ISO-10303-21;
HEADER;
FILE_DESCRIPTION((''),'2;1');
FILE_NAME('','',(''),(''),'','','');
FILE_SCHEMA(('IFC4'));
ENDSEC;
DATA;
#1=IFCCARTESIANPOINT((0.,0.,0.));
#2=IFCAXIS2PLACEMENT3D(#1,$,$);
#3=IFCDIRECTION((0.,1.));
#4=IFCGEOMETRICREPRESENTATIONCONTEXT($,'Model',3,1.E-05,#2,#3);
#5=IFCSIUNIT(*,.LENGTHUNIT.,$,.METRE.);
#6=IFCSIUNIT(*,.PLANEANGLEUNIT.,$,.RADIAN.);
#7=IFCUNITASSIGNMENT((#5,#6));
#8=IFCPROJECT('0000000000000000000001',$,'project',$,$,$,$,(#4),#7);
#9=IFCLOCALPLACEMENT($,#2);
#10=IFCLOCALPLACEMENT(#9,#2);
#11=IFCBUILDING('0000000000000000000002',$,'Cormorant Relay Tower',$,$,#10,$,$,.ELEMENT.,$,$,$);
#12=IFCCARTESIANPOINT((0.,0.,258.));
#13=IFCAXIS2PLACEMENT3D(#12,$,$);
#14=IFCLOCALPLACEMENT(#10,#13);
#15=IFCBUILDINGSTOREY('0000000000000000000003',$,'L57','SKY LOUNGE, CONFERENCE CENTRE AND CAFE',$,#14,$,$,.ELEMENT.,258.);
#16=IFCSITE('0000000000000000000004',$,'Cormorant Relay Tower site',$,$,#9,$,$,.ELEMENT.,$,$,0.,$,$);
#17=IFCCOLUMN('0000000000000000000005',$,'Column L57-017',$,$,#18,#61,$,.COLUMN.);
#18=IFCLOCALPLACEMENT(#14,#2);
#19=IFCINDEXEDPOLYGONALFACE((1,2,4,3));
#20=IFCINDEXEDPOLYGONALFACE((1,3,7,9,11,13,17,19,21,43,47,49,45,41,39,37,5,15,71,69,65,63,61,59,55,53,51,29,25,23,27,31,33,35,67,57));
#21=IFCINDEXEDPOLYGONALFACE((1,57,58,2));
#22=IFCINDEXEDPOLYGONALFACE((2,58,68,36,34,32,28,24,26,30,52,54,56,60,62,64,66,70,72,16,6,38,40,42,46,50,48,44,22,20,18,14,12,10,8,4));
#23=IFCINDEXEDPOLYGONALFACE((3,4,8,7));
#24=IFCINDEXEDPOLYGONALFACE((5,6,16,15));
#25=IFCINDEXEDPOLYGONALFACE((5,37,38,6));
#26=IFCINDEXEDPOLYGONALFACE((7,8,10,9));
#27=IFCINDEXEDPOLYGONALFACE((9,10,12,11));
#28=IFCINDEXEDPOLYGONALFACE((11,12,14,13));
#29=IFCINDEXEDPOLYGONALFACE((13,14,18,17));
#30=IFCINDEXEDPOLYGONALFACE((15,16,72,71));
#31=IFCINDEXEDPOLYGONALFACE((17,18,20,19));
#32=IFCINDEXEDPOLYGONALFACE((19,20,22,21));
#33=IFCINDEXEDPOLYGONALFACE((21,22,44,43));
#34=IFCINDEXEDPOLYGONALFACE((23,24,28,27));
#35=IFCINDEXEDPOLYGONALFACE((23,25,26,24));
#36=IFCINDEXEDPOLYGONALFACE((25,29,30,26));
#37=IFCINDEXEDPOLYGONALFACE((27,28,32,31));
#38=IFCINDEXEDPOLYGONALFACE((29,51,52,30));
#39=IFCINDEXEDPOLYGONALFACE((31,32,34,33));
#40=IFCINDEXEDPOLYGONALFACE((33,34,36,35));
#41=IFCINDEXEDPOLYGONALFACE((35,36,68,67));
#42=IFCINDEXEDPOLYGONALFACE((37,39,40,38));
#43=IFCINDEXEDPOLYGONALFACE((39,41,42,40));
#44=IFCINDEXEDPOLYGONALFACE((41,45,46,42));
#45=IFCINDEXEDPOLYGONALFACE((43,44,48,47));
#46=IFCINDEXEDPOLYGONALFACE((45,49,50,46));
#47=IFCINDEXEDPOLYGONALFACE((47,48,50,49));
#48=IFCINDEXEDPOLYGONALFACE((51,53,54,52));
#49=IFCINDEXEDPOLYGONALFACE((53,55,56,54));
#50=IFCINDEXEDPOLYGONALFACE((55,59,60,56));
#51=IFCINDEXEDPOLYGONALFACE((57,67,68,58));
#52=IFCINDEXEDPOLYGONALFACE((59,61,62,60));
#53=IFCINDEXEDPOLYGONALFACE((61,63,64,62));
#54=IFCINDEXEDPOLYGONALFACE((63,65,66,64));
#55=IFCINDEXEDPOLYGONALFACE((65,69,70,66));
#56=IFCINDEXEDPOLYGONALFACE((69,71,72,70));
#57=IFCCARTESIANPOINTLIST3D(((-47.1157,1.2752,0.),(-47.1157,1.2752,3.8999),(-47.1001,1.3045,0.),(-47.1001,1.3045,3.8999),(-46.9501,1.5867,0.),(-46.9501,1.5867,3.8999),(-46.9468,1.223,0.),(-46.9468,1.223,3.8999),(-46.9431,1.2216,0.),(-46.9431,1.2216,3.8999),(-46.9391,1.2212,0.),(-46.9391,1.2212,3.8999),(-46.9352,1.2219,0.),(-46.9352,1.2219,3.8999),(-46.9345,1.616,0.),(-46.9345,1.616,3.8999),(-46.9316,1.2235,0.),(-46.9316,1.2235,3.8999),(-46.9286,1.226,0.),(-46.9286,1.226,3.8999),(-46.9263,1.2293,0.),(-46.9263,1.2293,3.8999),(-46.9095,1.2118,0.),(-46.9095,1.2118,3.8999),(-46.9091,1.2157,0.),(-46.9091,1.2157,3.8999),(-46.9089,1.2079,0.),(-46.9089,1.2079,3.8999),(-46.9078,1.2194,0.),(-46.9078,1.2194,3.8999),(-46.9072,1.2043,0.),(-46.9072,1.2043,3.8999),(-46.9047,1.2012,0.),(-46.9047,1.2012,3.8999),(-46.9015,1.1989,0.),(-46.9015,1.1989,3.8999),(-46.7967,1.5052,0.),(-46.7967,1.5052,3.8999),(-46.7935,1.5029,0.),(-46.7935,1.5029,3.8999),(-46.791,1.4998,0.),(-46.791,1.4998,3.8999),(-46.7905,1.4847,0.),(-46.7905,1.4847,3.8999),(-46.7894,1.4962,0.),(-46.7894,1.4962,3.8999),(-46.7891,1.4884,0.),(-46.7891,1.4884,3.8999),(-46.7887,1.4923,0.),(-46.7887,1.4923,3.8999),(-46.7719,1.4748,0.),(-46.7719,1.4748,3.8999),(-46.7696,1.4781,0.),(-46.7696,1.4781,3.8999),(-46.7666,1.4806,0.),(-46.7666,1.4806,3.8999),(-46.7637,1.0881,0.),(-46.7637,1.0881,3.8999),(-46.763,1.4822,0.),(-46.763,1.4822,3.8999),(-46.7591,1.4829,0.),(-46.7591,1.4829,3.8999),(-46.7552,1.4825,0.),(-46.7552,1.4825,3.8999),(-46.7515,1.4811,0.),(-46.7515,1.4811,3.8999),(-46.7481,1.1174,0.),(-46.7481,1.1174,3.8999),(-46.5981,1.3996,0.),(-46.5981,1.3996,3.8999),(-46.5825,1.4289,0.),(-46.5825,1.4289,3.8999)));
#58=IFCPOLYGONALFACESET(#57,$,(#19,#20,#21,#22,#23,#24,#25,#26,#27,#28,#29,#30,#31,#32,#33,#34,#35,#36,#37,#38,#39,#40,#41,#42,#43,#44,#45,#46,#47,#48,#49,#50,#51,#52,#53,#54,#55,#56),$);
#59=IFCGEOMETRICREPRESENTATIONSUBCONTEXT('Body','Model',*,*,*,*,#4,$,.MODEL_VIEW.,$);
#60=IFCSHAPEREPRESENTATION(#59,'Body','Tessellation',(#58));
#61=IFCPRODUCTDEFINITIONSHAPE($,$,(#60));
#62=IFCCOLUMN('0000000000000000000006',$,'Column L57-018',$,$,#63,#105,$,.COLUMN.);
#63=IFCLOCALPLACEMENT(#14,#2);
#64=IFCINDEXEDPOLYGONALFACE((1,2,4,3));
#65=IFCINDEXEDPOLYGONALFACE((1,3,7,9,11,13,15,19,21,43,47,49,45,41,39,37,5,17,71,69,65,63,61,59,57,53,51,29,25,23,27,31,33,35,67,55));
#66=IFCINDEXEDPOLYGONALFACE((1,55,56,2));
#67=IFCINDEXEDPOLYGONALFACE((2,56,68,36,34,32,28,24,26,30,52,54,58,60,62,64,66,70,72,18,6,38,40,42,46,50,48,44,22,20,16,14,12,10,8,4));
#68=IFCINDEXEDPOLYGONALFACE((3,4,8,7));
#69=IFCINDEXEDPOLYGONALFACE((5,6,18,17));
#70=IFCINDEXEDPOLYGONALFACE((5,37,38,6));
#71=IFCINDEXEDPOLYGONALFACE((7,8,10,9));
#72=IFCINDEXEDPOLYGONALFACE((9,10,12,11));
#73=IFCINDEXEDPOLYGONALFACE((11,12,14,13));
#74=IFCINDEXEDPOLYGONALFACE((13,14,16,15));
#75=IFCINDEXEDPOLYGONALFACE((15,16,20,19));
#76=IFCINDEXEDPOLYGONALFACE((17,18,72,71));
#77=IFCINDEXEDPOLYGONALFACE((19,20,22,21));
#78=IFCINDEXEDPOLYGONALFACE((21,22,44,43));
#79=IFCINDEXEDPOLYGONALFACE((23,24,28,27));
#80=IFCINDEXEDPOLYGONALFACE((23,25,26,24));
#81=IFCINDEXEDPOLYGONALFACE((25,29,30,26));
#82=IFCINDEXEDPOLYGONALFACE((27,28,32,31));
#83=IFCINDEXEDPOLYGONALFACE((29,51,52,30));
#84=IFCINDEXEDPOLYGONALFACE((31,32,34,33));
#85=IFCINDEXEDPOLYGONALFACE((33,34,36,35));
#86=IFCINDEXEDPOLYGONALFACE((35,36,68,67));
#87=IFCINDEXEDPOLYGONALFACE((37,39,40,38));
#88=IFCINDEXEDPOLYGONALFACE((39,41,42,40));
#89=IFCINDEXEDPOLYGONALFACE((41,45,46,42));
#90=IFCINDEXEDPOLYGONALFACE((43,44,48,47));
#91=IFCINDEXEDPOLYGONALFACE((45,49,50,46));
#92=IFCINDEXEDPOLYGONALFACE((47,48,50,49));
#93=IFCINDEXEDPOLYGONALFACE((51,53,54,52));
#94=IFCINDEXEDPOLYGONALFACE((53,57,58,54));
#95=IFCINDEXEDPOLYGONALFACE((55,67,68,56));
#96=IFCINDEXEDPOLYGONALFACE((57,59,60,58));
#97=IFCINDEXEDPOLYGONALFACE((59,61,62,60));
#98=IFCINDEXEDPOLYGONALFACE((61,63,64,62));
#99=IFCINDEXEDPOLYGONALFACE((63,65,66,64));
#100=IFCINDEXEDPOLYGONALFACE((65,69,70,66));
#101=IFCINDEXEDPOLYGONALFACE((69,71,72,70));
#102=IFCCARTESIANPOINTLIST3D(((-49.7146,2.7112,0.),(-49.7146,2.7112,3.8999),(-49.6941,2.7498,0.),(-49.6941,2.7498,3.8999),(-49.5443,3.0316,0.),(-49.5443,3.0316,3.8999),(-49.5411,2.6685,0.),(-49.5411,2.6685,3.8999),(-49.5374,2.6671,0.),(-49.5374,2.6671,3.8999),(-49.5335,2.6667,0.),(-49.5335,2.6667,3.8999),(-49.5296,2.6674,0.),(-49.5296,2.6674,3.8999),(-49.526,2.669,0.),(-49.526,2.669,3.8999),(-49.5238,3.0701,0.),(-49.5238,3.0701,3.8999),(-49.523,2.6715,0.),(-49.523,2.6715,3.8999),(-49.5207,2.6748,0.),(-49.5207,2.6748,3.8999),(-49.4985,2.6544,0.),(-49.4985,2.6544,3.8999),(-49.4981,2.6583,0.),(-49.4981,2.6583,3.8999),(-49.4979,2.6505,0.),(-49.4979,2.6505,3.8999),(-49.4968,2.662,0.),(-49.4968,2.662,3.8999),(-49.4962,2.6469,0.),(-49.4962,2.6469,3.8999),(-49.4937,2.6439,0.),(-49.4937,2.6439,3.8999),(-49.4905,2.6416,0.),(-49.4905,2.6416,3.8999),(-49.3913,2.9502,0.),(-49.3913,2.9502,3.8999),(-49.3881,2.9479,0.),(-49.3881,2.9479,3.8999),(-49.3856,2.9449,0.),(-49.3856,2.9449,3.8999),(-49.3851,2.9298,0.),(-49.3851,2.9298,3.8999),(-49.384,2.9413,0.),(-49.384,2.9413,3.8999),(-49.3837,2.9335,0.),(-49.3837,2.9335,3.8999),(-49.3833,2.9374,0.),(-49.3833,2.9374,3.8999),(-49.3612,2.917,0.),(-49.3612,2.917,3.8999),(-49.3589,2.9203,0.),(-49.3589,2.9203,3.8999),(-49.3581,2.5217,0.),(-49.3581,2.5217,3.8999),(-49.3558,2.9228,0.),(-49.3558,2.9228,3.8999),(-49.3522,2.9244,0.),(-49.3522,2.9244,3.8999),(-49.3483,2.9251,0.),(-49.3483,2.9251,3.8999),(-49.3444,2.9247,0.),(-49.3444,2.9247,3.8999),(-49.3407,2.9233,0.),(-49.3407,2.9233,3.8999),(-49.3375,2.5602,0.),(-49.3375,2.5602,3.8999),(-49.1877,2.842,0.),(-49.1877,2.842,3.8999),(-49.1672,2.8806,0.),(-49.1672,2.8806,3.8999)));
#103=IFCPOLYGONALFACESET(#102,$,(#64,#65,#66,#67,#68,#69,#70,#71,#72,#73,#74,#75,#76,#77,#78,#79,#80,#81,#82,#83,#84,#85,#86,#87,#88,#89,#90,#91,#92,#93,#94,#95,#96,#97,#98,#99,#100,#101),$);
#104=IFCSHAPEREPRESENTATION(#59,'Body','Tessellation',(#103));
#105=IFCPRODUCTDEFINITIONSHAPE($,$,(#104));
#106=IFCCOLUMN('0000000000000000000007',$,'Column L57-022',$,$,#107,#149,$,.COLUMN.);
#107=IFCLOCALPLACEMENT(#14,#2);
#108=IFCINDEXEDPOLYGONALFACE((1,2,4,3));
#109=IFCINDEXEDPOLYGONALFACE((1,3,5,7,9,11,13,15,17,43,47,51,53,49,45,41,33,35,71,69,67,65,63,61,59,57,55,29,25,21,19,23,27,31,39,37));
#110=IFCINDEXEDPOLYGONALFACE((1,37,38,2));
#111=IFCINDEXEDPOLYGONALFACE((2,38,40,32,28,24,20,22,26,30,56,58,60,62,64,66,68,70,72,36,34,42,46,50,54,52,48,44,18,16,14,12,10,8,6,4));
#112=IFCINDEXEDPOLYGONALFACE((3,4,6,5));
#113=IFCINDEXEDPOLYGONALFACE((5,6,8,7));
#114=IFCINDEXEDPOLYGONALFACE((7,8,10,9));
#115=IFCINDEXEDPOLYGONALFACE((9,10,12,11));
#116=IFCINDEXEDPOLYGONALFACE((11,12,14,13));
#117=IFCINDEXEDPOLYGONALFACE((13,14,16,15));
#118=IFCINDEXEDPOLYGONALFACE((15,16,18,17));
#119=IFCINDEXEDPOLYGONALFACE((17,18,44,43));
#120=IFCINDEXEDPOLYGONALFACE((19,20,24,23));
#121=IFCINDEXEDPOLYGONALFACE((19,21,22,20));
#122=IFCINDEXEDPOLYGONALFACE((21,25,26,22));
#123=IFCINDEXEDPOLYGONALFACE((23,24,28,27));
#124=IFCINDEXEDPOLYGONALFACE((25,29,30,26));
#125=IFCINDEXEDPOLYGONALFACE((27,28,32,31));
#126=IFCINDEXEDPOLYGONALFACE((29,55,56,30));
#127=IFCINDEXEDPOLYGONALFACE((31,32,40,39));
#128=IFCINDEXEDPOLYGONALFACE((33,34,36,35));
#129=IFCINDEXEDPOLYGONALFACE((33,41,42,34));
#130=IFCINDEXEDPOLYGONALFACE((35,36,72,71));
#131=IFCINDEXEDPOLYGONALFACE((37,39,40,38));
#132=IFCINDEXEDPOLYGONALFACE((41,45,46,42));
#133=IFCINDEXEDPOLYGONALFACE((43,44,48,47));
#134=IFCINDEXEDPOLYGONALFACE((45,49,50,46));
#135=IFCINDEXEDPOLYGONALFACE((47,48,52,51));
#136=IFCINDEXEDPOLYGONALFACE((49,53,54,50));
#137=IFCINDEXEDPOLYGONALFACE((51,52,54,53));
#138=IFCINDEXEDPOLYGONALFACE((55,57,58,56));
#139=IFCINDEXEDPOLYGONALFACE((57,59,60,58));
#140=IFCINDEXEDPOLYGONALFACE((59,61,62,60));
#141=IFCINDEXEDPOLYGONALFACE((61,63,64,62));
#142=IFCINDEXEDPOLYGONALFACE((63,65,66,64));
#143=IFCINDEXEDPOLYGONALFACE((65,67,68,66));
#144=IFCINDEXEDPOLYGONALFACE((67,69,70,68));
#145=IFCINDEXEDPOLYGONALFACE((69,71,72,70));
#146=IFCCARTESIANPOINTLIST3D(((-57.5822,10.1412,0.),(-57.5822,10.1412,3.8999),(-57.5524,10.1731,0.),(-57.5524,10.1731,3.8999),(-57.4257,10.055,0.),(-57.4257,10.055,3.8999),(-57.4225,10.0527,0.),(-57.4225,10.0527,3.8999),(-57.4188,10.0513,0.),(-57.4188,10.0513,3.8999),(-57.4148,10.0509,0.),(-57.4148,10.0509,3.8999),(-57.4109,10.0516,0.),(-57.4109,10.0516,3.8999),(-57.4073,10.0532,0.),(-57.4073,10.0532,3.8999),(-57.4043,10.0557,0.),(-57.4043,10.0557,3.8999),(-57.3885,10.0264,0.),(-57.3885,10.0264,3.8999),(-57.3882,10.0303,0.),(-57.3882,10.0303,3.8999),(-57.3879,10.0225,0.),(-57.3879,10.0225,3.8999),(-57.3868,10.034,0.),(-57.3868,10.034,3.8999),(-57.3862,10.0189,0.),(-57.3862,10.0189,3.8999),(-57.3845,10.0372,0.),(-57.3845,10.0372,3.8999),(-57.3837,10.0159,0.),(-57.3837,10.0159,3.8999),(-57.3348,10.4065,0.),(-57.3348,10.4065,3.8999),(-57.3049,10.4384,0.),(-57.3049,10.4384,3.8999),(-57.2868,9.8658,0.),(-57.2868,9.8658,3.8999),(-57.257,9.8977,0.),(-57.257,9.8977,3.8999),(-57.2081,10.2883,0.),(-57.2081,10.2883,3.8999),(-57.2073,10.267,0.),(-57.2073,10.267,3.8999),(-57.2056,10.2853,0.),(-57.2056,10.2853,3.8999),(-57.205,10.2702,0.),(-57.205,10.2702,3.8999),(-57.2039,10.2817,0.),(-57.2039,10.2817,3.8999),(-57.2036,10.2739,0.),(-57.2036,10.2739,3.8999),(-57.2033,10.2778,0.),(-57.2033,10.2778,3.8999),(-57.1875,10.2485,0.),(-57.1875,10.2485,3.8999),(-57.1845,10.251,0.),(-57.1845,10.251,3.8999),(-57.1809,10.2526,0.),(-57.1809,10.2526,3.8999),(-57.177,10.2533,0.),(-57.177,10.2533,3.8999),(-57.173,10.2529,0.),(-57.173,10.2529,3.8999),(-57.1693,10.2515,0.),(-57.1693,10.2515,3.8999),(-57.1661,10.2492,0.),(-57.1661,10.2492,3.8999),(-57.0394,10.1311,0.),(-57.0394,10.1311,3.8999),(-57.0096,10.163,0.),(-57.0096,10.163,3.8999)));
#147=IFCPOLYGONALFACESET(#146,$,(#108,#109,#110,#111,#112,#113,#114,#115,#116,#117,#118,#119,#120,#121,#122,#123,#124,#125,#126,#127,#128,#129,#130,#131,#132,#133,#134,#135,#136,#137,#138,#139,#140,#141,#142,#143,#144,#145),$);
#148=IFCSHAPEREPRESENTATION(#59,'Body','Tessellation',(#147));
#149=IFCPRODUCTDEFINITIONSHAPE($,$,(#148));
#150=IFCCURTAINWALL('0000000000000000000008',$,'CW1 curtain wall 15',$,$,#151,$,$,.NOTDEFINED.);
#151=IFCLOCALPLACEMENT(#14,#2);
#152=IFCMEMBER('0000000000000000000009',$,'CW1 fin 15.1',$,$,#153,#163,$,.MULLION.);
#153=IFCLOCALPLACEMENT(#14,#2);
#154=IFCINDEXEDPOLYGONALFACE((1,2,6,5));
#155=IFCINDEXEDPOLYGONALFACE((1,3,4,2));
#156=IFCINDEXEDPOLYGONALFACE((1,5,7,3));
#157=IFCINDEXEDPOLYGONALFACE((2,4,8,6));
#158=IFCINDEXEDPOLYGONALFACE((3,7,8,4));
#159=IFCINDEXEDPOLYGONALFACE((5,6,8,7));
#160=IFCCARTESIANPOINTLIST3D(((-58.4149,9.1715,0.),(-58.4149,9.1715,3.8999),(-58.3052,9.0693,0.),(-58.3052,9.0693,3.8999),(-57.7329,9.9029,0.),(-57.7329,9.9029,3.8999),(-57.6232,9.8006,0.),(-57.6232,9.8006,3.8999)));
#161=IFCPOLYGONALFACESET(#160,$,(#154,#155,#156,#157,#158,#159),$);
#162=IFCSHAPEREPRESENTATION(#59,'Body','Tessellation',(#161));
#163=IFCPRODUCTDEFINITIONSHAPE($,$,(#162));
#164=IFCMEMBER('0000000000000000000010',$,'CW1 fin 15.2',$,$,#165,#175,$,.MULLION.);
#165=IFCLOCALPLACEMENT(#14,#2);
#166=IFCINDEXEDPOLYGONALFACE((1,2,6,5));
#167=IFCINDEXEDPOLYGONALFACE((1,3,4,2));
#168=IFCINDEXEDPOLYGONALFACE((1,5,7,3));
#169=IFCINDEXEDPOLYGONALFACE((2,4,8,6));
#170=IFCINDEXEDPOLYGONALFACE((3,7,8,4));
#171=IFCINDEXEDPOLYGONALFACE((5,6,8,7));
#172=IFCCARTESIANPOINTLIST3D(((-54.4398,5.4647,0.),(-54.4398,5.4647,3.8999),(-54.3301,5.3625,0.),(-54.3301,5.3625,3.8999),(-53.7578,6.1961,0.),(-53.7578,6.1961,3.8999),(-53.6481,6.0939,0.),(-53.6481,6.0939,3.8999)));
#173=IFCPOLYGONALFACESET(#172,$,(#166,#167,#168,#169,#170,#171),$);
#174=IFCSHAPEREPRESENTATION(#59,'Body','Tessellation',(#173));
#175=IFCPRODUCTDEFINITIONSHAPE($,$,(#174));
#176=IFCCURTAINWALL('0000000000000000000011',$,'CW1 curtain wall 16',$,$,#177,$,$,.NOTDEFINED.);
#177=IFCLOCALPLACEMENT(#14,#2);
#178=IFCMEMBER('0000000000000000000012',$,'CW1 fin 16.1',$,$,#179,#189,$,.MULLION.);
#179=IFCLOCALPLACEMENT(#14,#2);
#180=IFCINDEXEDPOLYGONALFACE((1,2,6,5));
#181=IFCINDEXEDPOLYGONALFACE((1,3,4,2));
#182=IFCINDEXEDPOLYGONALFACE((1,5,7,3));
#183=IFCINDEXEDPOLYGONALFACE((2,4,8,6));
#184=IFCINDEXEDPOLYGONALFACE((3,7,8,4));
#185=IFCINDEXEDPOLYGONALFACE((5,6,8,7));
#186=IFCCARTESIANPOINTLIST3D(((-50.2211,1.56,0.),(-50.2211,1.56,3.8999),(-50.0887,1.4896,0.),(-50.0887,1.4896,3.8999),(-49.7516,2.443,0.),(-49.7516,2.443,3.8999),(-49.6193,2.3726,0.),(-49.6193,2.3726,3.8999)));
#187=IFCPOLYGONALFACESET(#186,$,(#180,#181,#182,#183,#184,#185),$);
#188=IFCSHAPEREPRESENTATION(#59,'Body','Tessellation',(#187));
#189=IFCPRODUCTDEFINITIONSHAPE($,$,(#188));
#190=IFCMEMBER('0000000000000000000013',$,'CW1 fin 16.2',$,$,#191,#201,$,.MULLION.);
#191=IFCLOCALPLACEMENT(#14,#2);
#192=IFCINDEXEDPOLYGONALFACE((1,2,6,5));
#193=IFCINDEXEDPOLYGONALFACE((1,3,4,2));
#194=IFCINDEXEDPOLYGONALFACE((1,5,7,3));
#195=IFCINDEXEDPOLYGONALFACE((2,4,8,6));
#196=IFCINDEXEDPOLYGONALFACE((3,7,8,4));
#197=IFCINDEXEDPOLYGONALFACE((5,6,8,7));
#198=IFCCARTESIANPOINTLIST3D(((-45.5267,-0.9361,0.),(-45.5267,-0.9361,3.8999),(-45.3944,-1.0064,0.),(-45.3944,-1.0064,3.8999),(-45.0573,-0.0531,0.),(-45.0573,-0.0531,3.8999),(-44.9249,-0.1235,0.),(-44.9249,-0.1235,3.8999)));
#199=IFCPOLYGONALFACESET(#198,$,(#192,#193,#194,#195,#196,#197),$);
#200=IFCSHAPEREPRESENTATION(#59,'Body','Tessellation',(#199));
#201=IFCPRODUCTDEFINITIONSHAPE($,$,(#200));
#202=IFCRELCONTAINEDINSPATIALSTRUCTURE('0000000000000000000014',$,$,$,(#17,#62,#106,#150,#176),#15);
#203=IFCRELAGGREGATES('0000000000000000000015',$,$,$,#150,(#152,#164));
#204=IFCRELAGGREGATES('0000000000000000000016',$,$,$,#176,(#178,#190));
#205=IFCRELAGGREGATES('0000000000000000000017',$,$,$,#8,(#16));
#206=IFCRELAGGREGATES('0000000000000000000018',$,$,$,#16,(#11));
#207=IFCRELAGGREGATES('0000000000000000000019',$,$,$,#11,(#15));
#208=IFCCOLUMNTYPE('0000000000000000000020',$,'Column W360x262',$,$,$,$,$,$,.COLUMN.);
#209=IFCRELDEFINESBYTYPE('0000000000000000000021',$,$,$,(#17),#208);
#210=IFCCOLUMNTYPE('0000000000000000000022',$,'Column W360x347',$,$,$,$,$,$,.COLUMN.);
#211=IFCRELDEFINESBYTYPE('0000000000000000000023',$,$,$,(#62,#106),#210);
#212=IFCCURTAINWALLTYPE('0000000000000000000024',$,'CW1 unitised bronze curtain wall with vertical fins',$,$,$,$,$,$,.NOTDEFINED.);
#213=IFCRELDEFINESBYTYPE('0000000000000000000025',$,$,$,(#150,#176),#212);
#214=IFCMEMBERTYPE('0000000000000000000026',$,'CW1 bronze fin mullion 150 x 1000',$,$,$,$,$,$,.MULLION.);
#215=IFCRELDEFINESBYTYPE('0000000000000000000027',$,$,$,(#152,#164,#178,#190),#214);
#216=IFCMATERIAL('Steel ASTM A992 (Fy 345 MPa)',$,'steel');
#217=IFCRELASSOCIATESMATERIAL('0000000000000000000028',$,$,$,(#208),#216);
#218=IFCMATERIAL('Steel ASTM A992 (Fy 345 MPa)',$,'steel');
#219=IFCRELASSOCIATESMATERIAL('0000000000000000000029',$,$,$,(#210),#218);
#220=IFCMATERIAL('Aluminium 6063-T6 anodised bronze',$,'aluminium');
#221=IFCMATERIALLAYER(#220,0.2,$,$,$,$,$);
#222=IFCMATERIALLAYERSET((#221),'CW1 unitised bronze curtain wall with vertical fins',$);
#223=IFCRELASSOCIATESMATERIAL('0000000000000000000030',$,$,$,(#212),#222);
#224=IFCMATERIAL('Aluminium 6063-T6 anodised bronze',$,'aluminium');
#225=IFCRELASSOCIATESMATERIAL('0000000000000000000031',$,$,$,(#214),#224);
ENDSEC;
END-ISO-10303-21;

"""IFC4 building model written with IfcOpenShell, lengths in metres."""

from ifc_helpers import new_model, si_unit, direction, frame, origin, origin_2d, place, context, subcontext, project, spatial, rectangle, i_section, extrude, material, layer, layer_set, material_profile, profile_set, type_object, element, aggregate, save


model = new_model("IFC4")

# Units and contexts
model_context = context("Model", 3, precision=1e-05, world=origin(), true_north=direction((0.0, 1.0)))
body_context = subcontext(model_context, "Body", "Model", "MODEL_VIEW")
ifc_project = project(units=[si_unit("LENGTHUNIT", "METRE"), si_unit("PLANEANGLEUNIT", "RADIAN")], contexts=[model_context])

# Site, building, storey
site_placement = place(None, origin())
site = spatial("IfcSite", under=ifc_project, at=site_placement, Name="Cormorant Relay Tower site", CompositionType="ELEMENT", RefElevation=0.0)
building_placement = place(site_placement, origin())
building = spatial("IfcBuilding", under=site, at=building_placement, Name="Cormorant Relay Tower", CompositionType="ELEMENT")
storey_placement = place(building_placement, frame((0.0, 0.0, 258.0)))
storey = spatial("IfcBuildingStorey", under=building, at=storey_placement, Name="L57", Description="SKY LOUNGE, CONFERENCE CENTRE AND CAFE", CompositionType="ELEMENT", Elevation=258.0)

# Columns
ifc_material_1 = material(Name="Steel ASTM A992 (Fy 345 MPa)", Category="steel")
ifc_material_profile_1 = material_profile(ifc_material_1, i_section(OverallWidth=0.3987, OverallDepth=0.386, WebThickness=0.021, FlangeThickness=0.0332, FilletRadius=0.0151, at=origin_2d()), Name="W360x262")
ifc_profile_set_1 = profile_set([ifc_material_profile_1], Name="Steel ASTM A992 (Fy 345 MPa)")
column_type_1 = type_object("IfcColumnType", Name="Column W360x262", PredefinedType="COLUMN", material=ifc_profile_set_1)
column_placement = place(storey_placement, frame((-46.8491, 1.3521, 0.0), z_axis=(0.0, 0.0, 1.0), x_axis=(0.882948, -0.469472, 0.0)))
element("IfcColumn", 1, at=column_placement, inside=storey, type_object=column_type_1, Name="Column L57-017", PredefinedType="COLUMN", context=body_context, shape_type="SweptSolid", body=[
    extrude(i_section(OverallWidth=0.3987, OverallDepth=0.386, WebThickness=0.021, FlangeThickness=0.0332, FilletRadius=0.0151, at=origin_2d()), origin(), (0.0, 0.0, 1.0), 3.8999),
])
ifc_material_2 = material(Name="Steel ASTM A992 (Fy 345 MPa)", Category="steel")
ifc_material_profile_2 = material_profile(ifc_material_2, i_section(OverallWidth=0.4038, OverallDepth=0.4065, WebThickness=0.0271, FlangeThickness=0.0437, FilletRadius=0.0151, at=origin_2d()), Name="W360x347")
ifc_profile_set_2 = profile_set([ifc_material_profile_2], Name="Steel ASTM A992 (Fy 345 MPa)")
column_type_2 = type_object("IfcColumnType", Name="Column W360x347", PredefinedType="COLUMN", material=ifc_profile_set_2)
for number, where, z_axis, x_axis, name in (
    (2, (-49.4409, 2.7959, 0.0), (0.0, 0.0, 1.0), (0.882948, -0.469472, 0.0), "Column L57-018"),
    (3, (-57.2959, 10.1521, 0.0), (0.0, 0.0, 1.0), (0.731354, -0.681998, 0.0), "Column L57-022"),
):
    element("IfcColumn", number, at=place(storey_placement, frame(where, z_axis=z_axis, x_axis=x_axis)), inside=storey, type_object=column_type_2, Name=name, PredefinedType="COLUMN", context=body_context, shape_type="SweptSolid", body=[
        extrude(i_section(OverallWidth=0.4038, OverallDepth=0.4065, WebThickness=0.0271, FlangeThickness=0.0437, FilletRadius=0.0151, at=origin_2d()), origin(), (0.0, 0.0, 1.0), 3.8999),
    ])

# Curtain walls, members
ifc_material_3 = material(Name="Aluminium 6063-T6 anodised bronze", Category="aluminium")
ifc_layer_1 = layer(ifc_material_3, 0.2)
ifc_layer_set_1 = layer_set([ifc_layer_1], Name="CW1 unitised bronze curtain wall with vertical fins")
curtain_wall_type = type_object("IfcCurtainWallType", Name="CW1 unitised bronze curtain wall with vertical fins", PredefinedType="NOTDEFINED", material=ifc_layer_set_1)
curtain_wall_1_placement = place(storey_placement, origin())
curtain_wall_1 = element("IfcCurtainWall", 4, at=curtain_wall_1_placement, inside=storey, type_object=curtain_wall_type, Name="CW1 curtain wall 15", PredefinedType="NOTDEFINED")
ifc_material_4 = material(Name="Aluminium 6063-T6 anodised bronze", Category="aluminium")
ifc_material_profile_3 = material_profile(ifc_material_4, rectangle(XDim=0.1499, YDim=1.0, at=origin_2d()), Name="AL 150x1000")
ifc_profile_set_3 = profile_set([ifc_material_profile_3], Name="Aluminium 6063-T6 anodised bronze")
member_type_1 = type_object("IfcMemberType", Name="CW1 bronze fin mullion 150 x 1000", PredefinedType="MULLION", material=ifc_profile_set_3)
member_1_placement = place(storey_placement, frame((-58.019, 9.4861, 0.0), z_axis=(0.0, 0.0, 1.0), x_axis=(0.731354, -0.681998, 0.0)))
member_1 = element("IfcMember", 5, at=member_1_placement, type_object=member_type_1, Name="CW1 fin 15.1", PredefinedType="MULLION", context=body_context, shape_type="SweptSolid", body=[
    extrude(rectangle(XDim=0.1499, YDim=1.0, at=origin_2d()), origin(), (0.0, 0.0, 1.0), 3.8999),
])
member_2_placement = place(storey_placement, frame((-54.0439, 5.7793, 0.0), z_axis=(0.0, 0.0, 1.0), x_axis=(0.731354, -0.681998, 0.0)))
member_2 = element("IfcMember", 6, at=member_2_placement, type_object=member_type_1, Name="CW1 fin 15.2", PredefinedType="MULLION", context=body_context, shape_type="SweptSolid", body=[
    extrude(rectangle(XDim=0.1499, YDim=1.0, at=origin_2d()), origin(), (0.0, 0.0, 1.0), 3.8999),
])
curtain_wall_2_placement = place(storey_placement, origin())
curtain_wall_2 = element("IfcCurtainWall", 7, at=curtain_wall_2_placement, inside=storey, type_object=curtain_wall_type, Name="CW1 curtain wall 16", PredefinedType="NOTDEFINED")
member_3_placement = place(storey_placement, frame((-49.9202, 1.9663, 0.0), z_axis=(0.0, 0.0, 1.0), x_axis=(0.882948, -0.469472, 0.0)))
member_3 = element("IfcMember", 8, at=member_3_placement, type_object=member_type_1, Name="CW1 fin 16.1", PredefinedType="MULLION", context=body_context, shape_type="SweptSolid", body=[
    extrude(rectangle(XDim=0.1499, YDim=1.0, at=origin_2d()), origin(), (0.0, 0.0, 1.0), 3.8999),
])
member_4_placement = place(storey_placement, frame((-45.2258, -0.5298, 0.0), z_axis=(0.0, 0.0, 1.0), x_axis=(0.882948, -0.469472, 0.0)))
member_4 = element("IfcMember", 9, at=member_4_placement, type_object=member_type_1, Name="CW1 fin 16.2", PredefinedType="MULLION", context=body_context, shape_type="SweptSolid", body=[
    extrude(rectangle(XDim=0.1499, YDim=1.0, at=origin_2d()), origin(), (0.0, 0.0, 1.0), 3.8999),
])

aggregate(curtain_wall_1, [member_1, member_2])
aggregate(curtain_wall_2, [member_3, member_4])

save(model, "model.ifc")
